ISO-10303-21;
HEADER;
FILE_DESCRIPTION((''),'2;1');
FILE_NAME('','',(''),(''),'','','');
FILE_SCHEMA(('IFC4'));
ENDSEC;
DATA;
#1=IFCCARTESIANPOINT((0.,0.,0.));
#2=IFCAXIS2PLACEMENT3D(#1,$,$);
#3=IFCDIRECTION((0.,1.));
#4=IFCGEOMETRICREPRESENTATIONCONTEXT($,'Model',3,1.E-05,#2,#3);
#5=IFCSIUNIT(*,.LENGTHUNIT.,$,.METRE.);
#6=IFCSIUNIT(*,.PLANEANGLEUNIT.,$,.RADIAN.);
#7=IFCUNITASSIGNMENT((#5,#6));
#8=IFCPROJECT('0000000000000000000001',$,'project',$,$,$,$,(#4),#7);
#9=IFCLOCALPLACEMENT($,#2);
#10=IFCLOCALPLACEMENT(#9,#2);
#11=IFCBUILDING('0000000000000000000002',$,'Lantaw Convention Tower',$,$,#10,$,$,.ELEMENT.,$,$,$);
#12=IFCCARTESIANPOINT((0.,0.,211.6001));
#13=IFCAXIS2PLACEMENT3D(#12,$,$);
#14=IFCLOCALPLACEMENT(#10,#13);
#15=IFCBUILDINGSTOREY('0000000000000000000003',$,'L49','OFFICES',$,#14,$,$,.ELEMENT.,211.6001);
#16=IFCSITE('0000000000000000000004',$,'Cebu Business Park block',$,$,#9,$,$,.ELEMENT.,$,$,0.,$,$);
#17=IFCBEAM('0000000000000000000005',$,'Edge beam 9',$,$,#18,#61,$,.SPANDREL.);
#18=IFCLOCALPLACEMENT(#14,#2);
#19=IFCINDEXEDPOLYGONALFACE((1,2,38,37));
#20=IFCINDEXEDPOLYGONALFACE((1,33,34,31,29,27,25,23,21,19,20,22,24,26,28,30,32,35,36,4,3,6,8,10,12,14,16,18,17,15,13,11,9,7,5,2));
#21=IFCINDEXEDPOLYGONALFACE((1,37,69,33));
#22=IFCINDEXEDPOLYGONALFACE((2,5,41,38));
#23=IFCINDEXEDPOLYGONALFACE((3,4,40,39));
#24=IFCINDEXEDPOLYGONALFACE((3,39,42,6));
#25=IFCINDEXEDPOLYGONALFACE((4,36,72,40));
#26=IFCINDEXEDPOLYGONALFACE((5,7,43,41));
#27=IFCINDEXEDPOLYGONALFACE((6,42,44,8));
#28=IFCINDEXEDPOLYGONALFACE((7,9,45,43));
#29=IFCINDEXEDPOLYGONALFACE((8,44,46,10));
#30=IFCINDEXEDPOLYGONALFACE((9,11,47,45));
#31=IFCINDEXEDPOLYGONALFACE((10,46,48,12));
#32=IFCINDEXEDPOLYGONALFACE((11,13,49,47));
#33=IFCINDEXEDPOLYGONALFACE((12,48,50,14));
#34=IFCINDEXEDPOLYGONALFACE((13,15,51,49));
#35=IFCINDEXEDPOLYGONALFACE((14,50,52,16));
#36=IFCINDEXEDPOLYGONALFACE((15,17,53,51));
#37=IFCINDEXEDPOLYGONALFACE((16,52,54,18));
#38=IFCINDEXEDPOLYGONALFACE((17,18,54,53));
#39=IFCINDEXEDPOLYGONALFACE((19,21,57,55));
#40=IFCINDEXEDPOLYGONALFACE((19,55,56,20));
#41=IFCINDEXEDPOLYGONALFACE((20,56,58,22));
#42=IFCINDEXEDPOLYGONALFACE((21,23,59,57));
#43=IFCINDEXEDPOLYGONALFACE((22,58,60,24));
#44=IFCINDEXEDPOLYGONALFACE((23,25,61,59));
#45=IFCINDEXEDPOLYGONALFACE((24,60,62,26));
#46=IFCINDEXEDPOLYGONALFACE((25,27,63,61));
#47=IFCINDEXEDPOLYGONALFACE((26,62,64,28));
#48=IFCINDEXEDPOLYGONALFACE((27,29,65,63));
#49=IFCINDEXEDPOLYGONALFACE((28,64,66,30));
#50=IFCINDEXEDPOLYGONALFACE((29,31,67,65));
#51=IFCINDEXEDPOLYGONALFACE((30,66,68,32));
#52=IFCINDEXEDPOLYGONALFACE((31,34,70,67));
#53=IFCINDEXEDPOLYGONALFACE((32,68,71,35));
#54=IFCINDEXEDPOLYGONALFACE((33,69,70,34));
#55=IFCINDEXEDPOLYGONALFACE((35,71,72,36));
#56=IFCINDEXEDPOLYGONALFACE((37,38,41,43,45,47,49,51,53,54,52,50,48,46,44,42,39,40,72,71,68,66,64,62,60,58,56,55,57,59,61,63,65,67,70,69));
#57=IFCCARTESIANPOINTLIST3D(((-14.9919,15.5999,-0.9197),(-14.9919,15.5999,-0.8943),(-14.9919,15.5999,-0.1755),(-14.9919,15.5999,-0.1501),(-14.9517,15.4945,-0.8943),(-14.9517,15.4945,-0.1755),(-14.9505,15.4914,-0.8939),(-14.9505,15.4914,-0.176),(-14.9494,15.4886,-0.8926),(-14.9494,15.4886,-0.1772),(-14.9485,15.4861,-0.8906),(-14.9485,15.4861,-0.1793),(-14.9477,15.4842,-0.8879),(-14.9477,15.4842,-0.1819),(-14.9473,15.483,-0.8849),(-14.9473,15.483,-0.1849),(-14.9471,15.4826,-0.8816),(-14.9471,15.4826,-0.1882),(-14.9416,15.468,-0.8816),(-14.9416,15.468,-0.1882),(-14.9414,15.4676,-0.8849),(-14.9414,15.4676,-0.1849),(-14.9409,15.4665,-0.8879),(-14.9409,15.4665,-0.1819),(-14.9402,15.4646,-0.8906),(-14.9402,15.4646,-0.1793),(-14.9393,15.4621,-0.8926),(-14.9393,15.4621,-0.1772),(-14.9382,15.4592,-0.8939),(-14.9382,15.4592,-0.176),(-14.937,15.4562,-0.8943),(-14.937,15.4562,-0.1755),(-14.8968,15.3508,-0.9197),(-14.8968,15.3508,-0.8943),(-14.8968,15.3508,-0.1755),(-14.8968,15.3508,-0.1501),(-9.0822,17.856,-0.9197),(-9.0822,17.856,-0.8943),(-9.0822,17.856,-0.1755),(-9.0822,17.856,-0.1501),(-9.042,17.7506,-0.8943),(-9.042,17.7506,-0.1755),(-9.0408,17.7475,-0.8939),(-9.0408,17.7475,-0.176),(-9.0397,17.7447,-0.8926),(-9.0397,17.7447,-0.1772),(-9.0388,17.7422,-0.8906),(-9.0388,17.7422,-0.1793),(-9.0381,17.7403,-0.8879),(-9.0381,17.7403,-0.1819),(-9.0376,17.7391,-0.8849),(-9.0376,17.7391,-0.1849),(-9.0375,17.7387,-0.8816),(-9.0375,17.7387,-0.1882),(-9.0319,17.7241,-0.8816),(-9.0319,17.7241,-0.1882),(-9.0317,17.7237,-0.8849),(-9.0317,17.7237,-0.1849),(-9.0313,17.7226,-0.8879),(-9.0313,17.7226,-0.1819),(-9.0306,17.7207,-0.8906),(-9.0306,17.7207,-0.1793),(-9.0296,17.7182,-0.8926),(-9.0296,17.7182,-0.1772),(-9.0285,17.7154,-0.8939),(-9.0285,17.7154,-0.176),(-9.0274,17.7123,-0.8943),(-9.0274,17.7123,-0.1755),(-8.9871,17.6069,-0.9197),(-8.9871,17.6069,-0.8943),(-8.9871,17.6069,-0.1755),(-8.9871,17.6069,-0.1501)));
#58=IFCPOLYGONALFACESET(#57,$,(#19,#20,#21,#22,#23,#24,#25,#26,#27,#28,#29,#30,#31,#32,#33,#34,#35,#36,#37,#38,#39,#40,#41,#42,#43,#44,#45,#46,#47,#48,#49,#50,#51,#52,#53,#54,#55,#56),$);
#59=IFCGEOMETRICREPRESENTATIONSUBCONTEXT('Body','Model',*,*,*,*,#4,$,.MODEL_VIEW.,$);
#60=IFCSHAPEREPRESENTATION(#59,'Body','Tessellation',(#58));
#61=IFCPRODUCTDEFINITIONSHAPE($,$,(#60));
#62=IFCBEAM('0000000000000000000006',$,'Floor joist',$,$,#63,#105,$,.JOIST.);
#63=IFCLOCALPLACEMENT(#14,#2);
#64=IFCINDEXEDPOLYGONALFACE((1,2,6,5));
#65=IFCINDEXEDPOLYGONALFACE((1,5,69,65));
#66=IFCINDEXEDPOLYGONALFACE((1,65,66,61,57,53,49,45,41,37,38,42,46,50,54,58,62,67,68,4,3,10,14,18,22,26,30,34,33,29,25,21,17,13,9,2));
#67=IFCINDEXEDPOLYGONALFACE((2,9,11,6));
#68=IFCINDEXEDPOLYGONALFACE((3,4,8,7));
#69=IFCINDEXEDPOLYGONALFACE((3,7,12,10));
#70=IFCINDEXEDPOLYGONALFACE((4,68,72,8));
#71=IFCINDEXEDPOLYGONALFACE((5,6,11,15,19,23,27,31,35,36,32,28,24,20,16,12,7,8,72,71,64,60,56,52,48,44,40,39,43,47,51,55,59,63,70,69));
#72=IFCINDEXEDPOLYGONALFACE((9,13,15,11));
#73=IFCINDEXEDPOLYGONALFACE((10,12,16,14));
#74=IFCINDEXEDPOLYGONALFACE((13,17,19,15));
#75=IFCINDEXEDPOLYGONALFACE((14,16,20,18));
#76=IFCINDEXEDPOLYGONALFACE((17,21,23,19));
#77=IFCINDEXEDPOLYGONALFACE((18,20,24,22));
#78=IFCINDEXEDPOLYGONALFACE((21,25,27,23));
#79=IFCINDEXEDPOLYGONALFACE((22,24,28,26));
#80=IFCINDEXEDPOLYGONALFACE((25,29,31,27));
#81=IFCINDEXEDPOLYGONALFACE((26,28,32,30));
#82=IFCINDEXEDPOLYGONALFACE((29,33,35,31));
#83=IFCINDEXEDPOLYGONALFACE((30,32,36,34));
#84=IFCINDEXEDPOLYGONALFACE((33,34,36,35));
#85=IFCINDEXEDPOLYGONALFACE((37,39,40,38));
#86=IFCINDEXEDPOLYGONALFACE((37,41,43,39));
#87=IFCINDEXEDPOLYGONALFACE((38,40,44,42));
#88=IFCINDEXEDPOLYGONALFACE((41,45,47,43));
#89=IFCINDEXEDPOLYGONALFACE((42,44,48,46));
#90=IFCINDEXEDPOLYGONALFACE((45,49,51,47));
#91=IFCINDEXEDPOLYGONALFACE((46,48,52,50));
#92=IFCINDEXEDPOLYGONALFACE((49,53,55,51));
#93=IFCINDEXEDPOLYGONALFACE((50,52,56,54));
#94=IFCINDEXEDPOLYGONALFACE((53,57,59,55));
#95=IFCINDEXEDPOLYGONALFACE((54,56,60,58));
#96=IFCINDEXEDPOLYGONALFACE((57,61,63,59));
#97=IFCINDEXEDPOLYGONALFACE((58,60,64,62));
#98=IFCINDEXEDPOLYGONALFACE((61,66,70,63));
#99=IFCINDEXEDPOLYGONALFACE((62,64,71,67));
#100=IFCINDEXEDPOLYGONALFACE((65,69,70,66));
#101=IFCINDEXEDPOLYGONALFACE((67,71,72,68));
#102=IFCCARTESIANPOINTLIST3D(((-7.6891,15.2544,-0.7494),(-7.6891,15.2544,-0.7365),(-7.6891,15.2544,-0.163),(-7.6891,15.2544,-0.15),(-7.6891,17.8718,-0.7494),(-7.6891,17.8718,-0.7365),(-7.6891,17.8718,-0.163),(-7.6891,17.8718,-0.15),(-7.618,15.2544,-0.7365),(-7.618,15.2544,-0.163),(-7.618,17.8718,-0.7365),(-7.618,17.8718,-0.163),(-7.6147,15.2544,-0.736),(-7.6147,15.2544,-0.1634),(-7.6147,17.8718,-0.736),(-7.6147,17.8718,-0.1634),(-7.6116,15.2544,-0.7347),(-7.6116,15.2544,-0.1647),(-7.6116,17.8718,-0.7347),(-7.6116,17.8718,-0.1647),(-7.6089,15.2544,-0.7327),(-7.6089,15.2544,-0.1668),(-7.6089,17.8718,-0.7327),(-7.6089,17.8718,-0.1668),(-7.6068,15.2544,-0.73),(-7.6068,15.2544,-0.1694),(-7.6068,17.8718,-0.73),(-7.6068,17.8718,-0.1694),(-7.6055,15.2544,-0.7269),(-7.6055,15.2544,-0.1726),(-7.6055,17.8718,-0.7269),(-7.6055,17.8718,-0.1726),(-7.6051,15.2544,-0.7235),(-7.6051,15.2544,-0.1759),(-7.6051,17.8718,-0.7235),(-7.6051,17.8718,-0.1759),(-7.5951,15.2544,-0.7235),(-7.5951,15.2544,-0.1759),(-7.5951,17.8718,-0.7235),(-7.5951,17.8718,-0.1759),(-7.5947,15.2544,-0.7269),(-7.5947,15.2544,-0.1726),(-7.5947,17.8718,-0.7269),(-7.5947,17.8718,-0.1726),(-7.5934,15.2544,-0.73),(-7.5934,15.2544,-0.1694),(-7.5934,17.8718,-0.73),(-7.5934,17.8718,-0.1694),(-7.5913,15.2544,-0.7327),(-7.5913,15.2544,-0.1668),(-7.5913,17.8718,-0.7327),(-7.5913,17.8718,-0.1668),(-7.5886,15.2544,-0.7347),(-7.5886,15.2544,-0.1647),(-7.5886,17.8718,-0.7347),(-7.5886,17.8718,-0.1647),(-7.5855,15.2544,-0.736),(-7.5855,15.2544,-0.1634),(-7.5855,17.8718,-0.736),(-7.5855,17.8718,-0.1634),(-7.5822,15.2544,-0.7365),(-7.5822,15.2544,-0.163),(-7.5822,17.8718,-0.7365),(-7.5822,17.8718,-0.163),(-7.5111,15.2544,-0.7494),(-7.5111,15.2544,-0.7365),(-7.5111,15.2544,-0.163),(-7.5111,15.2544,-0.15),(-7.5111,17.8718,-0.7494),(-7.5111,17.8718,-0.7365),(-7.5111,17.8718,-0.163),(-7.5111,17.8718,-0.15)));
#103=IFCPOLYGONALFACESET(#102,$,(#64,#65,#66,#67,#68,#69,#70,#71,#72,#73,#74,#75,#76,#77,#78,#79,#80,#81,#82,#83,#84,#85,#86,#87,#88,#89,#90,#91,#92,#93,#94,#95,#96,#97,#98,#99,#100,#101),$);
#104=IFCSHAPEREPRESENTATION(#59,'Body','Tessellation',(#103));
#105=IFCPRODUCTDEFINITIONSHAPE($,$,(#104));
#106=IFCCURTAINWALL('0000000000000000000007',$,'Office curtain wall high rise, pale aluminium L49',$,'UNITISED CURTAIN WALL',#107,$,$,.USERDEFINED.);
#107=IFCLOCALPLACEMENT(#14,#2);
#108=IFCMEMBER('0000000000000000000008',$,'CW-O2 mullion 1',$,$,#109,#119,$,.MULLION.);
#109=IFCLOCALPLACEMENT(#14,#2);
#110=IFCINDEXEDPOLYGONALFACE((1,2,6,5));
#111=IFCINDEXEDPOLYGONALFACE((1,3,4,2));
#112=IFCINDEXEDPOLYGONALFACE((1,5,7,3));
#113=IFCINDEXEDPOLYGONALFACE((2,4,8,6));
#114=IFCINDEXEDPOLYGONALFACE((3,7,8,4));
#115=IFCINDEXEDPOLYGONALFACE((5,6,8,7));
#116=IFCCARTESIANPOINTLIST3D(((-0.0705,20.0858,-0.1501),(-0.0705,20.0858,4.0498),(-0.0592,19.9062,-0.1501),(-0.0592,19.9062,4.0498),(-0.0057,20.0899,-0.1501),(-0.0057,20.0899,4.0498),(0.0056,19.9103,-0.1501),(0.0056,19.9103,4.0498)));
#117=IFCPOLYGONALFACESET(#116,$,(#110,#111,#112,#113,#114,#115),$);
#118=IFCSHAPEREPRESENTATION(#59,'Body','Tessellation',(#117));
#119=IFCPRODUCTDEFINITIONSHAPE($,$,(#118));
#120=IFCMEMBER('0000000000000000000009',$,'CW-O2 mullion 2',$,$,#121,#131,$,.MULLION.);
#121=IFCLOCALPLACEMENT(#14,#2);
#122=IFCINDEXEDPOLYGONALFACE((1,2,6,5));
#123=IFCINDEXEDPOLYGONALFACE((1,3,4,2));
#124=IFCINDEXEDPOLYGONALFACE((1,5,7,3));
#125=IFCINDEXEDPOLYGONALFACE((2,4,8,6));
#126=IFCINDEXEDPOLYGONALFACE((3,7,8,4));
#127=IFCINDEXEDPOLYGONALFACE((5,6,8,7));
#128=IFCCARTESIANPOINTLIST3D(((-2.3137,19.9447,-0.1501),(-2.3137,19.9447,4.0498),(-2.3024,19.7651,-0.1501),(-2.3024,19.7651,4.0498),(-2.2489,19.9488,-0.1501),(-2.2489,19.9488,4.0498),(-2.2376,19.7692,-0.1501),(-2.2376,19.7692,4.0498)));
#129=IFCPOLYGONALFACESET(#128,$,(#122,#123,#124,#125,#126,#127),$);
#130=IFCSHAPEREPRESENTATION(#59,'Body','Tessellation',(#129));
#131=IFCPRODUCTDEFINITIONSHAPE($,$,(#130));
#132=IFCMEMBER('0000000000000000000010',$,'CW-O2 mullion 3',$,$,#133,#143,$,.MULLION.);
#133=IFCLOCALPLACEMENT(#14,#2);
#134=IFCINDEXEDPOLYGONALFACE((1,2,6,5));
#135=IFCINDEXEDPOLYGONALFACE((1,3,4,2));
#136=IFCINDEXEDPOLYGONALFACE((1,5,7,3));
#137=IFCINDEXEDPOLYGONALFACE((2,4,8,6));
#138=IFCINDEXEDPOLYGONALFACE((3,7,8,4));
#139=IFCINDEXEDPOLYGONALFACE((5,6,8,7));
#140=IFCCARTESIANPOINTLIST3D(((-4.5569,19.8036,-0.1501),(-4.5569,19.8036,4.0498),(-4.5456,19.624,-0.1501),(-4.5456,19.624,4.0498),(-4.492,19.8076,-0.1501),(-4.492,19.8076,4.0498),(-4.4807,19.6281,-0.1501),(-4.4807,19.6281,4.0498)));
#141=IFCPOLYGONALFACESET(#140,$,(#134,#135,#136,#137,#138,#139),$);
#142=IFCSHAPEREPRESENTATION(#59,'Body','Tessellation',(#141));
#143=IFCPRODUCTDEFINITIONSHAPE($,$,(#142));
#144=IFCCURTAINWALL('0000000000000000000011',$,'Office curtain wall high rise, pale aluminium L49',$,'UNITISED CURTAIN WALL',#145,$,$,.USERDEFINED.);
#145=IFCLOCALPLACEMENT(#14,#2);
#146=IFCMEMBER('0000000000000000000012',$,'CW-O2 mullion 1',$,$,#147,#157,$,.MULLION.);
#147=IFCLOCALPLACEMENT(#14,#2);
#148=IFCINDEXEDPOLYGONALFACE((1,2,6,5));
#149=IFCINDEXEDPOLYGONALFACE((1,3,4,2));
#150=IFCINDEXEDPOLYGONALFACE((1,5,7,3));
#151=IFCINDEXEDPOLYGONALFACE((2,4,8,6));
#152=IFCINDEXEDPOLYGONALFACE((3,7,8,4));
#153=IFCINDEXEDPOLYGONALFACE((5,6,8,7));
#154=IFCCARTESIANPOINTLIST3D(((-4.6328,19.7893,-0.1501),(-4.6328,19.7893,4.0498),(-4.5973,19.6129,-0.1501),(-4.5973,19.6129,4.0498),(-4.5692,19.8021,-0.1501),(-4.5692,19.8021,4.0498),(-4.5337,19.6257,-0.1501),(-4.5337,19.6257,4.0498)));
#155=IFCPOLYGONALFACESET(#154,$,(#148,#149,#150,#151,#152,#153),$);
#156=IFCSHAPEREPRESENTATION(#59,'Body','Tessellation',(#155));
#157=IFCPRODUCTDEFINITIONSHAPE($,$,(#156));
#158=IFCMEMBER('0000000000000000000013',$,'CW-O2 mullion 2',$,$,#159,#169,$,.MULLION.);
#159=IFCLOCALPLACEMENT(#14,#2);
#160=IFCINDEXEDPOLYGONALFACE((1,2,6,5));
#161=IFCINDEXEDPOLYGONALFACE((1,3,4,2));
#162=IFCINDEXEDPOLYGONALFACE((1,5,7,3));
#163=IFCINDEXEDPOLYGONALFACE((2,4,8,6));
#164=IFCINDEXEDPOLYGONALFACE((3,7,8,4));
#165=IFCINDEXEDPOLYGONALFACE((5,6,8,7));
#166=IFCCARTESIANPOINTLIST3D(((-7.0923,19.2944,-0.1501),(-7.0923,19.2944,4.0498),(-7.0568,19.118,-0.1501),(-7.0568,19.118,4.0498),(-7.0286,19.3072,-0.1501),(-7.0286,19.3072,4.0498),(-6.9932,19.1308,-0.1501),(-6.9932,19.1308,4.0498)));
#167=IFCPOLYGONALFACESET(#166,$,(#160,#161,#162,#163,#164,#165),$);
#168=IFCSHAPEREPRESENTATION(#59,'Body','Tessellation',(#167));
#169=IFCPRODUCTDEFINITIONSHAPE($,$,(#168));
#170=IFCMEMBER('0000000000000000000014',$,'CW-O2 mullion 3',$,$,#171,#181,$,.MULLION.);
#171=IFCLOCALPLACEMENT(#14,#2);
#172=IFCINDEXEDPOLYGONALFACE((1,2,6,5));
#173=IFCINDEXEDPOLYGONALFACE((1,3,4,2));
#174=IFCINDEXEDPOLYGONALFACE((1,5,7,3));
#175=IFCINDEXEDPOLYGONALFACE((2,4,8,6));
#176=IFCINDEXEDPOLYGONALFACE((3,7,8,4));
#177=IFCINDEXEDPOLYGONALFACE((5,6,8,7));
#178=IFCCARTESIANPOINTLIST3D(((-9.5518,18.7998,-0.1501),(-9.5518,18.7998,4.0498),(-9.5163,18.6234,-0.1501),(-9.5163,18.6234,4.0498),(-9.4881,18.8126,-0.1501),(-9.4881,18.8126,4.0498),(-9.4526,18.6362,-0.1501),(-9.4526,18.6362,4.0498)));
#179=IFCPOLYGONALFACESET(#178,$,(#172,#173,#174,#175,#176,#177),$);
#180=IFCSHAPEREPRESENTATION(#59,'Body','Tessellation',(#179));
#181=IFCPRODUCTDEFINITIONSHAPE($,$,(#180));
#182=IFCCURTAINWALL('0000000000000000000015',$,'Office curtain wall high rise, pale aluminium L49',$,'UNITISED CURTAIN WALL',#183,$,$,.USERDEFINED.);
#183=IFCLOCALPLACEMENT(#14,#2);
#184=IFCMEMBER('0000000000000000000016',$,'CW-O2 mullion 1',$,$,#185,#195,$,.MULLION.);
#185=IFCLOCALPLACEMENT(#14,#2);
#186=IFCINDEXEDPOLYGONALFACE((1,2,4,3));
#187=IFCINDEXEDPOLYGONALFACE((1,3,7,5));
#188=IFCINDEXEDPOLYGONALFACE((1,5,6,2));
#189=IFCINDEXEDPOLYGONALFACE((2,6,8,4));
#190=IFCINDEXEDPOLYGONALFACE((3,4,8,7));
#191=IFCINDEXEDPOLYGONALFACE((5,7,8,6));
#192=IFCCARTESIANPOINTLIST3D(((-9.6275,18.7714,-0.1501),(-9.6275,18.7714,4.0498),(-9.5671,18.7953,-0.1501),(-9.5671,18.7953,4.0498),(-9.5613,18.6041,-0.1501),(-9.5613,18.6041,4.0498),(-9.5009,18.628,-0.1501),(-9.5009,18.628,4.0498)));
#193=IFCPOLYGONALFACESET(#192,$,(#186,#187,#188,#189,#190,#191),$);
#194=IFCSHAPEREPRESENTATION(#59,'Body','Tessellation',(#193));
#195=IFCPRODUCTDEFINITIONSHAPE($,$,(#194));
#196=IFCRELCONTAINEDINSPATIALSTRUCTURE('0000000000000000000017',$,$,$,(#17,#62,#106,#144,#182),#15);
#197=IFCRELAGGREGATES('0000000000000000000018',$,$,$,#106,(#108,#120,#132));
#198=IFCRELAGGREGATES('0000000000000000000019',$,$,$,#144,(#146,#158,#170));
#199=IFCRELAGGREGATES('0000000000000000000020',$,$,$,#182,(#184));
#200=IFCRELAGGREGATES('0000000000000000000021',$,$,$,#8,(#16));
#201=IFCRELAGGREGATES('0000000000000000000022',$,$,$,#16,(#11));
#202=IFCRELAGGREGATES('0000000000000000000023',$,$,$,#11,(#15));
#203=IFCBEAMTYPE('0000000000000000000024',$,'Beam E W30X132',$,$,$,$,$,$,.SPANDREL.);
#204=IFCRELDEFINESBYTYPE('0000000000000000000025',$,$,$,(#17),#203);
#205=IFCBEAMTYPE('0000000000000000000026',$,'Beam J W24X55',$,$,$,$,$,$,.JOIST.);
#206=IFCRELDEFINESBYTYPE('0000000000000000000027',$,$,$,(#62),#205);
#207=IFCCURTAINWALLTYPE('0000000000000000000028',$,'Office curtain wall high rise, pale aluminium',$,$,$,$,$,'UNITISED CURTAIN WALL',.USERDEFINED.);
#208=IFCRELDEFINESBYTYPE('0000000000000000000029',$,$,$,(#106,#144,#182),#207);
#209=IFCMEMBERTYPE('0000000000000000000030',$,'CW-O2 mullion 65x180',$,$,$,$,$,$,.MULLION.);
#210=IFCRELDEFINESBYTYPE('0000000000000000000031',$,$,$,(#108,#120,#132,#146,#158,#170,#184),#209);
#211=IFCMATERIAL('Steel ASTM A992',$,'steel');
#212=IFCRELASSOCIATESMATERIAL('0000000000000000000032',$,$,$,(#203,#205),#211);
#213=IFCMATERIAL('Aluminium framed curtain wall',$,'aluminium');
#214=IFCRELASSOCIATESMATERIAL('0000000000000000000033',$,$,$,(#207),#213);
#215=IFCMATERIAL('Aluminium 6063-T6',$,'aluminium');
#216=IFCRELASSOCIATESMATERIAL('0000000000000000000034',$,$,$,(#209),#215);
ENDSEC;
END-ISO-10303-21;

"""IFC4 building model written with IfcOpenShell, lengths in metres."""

from ifc_helpers import new_model, si_unit, direction, frame, origin, origin_2d, place, context, subcontext, project, spatial, rectangle, i_section, extrude, material, material_profile, profile_set, type_object, element, aggregate, save


model = new_model("IFC4")

# Units and contexts
model_context = context("Model", 3, precision=1e-05, world=origin(), true_north=direction((0.0, 1.0)))
body_context = subcontext(model_context, "Body", "Model", "MODEL_VIEW")
ifc_project = project(units=[si_unit("LENGTHUNIT", "METRE"), si_unit("PLANEANGLEUNIT", "RADIAN")], contexts=[model_context])

# Site, building, storey
site_placement = place(None, origin())
site = spatial("IfcSite", under=ifc_project, at=site_placement, Name="Cebu Business Park block", CompositionType="ELEMENT", RefElevation=0.0)
building_placement = place(site_placement, origin())
building = spatial("IfcBuilding", under=site, at=building_placement, Name="Lantaw Convention Tower", CompositionType="ELEMENT")
storey_placement = place(building_placement, frame((0.0, 0.0, 211.6001)))
storey = spatial("IfcBuildingStorey", under=building, at=storey_placement, Name="L49", Description="OFFICES", CompositionType="ELEMENT", Elevation=211.6001)

# Beams
ifc_material_1 = material(Name="Steel ASTM A992", Category="steel")
ifc_material_profile_1 = material_profile(ifc_material_1, i_section(OverallWidth=0.2666, OverallDepth=0.7695, WebThickness=0.0156, FlangeThickness=0.0254, FilletRadius=0.0127, at=origin_2d()), Name="W30X132")
ifc_profile_set_1 = profile_set([ifc_material_profile_1], Name="Steel ASTM A992")
beam_type_1 = type_object("IfcBeamType", Name="Beam E W30X132", PredefinedType="SPANDREL", material=ifc_profile_set_1)
beam_1_placement = place(storey_placement, frame((-9.0347, 17.7314, -0.5349), z_axis=(-0.934235, -0.356658, 0.0), x_axis=(0.356658, -0.934235, 0.0)))
element("IfcBeam", 1, at=beam_1_placement, inside=storey, type_object=beam_type_1, Name="Edge beam 9", PredefinedType="SPANDREL", context=body_context, shape_type="SweptSolid", body=[
    extrude(i_section(OverallWidth=0.2666, OverallDepth=0.7695, WebThickness=0.0156, FlangeThickness=0.0254, FilletRadius=0.0127, at=origin_2d()), origin(), (0.0, 0.0, 1.0), 6.3257),
])
ifc_material_profile_2 = material_profile(ifc_material_1, i_section(OverallWidth=0.178, OverallDepth=0.5994, WebThickness=0.01, FlangeThickness=0.0129, FilletRadius=0.0129, at=origin_2d()), Name="W24X55")
ifc_profile_set_2 = profile_set([ifc_material_profile_2], Name="Steel ASTM A992")
beam_type_2 = type_object("IfcBeamType", Name="Beam J W24X55", PredefinedType="JOIST", material=ifc_profile_set_2)
beam_2_placement = place(storey_placement, frame((-7.6001, 15.2544, -0.4497), z_axis=(0.0, 1.0, 0.0), x_axis=(-1.0, 0.0, 0.0)))
element("IfcBeam", 2, at=beam_2_placement, inside=storey, type_object=beam_type_2, Name="Floor joist", PredefinedType="JOIST", context=body_context, shape_type="SweptSolid", body=[
    extrude(i_section(OverallWidth=0.178, OverallDepth=0.5994, WebThickness=0.01, FlangeThickness=0.0129, FilletRadius=0.0129, at=origin_2d()), origin(), (0.0, 0.0, 1.0), 2.6174),
])

# Curtain walls, members
ifc_material_2 = material(Name="Aluminium framed curtain wall", Category="aluminium")
curtain_wall_type = type_object("IfcCurtainWallType", Name="Office curtain wall high rise, pale aluminium", ElementType="UNITISED CURTAIN WALL", PredefinedType="USERDEFINED", material=ifc_material_2)
curtain_wall_1_placement = place(storey_placement, origin())
curtain_wall_1 = element("IfcCurtainWall", 3, at=curtain_wall_1_placement, inside=storey, type_object=curtain_wall_type, Name="Office curtain wall high rise, pale aluminium L49", ObjectType="UNITISED CURTAIN WALL", PredefinedType="USERDEFINED")
ifc_material_3 = material(Name="Aluminium 6063-T6", Category="aluminium")
ifc_material_profile_3 = material_profile(ifc_material_3, rectangle(XDim=0.1799, YDim=0.0649, at=origin_2d()), Name="CW-O2 mullion 65x180")
ifc_profile_set_3 = profile_set([ifc_material_profile_3], Name="Aluminium 6063-T6")
member_type_1 = type_object("IfcMemberType", Name="CW-O2 mullion 65x180", PredefinedType="MULLION", material=ifc_profile_set_3)
member_1_placement = place(storey_placement, frame((-0.0325, 19.998, -0.1501), z_axis=(0.0, 0.0, 1.0), x_axis=(0.062758, -0.998029, 0.0)))
member_1 = element("IfcMember", 4, at=member_1_placement, type_object=member_type_1, Name="CW-O2 mullion 1", PredefinedType="MULLION", context=body_context, shape_type="SweptSolid", body=[
    extrude(rectangle(XDim=0.1799, YDim=0.0649, at=origin_2d()), origin(), (0.0, 0.0, 1.0), 4.2),
])
member_2_placement = place(storey_placement, frame((-2.2756, 19.8569, -0.1501), z_axis=(0.0, 0.0, 1.0), x_axis=(0.062758, -0.998029, 0.0)))
member_2 = element("IfcMember", 5, at=member_2_placement, type_object=member_type_1, Name="CW-O2 mullion 2", PredefinedType="MULLION", context=body_context, shape_type="SweptSolid", body=[
    extrude(rectangle(XDim=0.1799, YDim=0.0649, at=origin_2d()), origin(), (0.0, 0.0, 1.0), 4.2),
])
member_3_placement = place(storey_placement, frame((-4.5188, 19.7158, -0.1501), z_axis=(0.0, 0.0, 1.0), x_axis=(0.062758, -0.998029, 0.0)))
member_3 = element("IfcMember", 6, at=member_3_placement, type_object=member_type_1, Name="CW-O2 mullion 3", PredefinedType="MULLION", context=body_context, shape_type="SweptSolid", body=[
    extrude(rectangle(XDim=0.1799, YDim=0.0649, at=origin_2d()), origin(), (0.0, 0.0, 1.0), 4.2),
])
curtain_wall_2_placement = place(storey_placement, origin())
curtain_wall_2 = element("IfcCurtainWall", 7, at=curtain_wall_2_placement, inside=storey, type_object=curtain_wall_type, Name="Office curtain wall high rise, pale aluminium L49", ObjectType="UNITISED CURTAIN WALL", PredefinedType="USERDEFINED")
member_4_placement = place(storey_placement, frame((-4.5833, 19.7075, -0.1501), z_axis=(0.0, 0.0, 1.0), x_axis=(0.197183, -0.980367, 0.0)))
member_4 = element("IfcMember", 8, at=member_4_placement, type_object=member_type_1, Name="CW-O2 mullion 1", PredefinedType="MULLION", context=body_context, shape_type="SweptSolid", body=[
    extrude(rectangle(XDim=0.1799, YDim=0.0649, at=origin_2d()), origin(), (0.0, 0.0, 1.0), 4.2),
])
member_5_placement = place(storey_placement, frame((-7.0427, 19.2126, -0.1501), z_axis=(0.0, 0.0, 1.0), x_axis=(0.197183, -0.980367, 0.0)))
member_5 = element("IfcMember", 9, at=member_5_placement, type_object=member_type_1, Name="CW-O2 mullion 2", PredefinedType="MULLION", context=body_context, shape_type="SweptSolid", body=[
    extrude(rectangle(XDim=0.1799, YDim=0.0649, at=origin_2d()), origin(), (0.0, 0.0, 1.0), 4.2),
])
member_6_placement = place(storey_placement, frame((-9.5022, 18.718, -0.1501), z_axis=(0.0, 0.0, 1.0), x_axis=(0.197183, -0.980367, 0.0)))
member_6 = element("IfcMember", 10, at=member_6_placement, type_object=member_type_1, Name="CW-O2 mullion 3", PredefinedType="MULLION", context=body_context, shape_type="SweptSolid", body=[
    extrude(rectangle(XDim=0.1799, YDim=0.0649, at=origin_2d()), origin(), (0.0, 0.0, 1.0), 4.2),
])

# Curtain wall, member
curtain_wall_3_placement = place(storey_placement, origin())
curtain_wall_3 = element("IfcCurtainWall", 11, at=curtain_wall_3_placement, inside=storey, type_object=curtain_wall_type, Name="Office curtain wall high rise, pale aluminium L49", ObjectType="UNITISED CURTAIN WALL", PredefinedType="USERDEFINED")
member_7_placement = place(storey_placement, frame((-9.5642, 18.6997, -0.1501), z_axis=(0.0, 0.0, 1.0), x_axis=(0.368162, -0.929762, 0.0)))
member_7 = element("IfcMember", 12, at=member_7_placement, type_object=member_type_1, Name="CW-O2 mullion 1", PredefinedType="MULLION", context=body_context, shape_type="SweptSolid", body=[
    extrude(rectangle(XDim=0.1799, YDim=0.0649, at=origin_2d()), origin(), (0.0, 0.0, 1.0), 4.2),
])

aggregate(curtain_wall_1, [member_1, member_2, member_3])
aggregate(curtain_wall_2, [member_4, member_5, member_6])
aggregate(curtain_wall_3, [member_7])

save(model, "model.ifc")
